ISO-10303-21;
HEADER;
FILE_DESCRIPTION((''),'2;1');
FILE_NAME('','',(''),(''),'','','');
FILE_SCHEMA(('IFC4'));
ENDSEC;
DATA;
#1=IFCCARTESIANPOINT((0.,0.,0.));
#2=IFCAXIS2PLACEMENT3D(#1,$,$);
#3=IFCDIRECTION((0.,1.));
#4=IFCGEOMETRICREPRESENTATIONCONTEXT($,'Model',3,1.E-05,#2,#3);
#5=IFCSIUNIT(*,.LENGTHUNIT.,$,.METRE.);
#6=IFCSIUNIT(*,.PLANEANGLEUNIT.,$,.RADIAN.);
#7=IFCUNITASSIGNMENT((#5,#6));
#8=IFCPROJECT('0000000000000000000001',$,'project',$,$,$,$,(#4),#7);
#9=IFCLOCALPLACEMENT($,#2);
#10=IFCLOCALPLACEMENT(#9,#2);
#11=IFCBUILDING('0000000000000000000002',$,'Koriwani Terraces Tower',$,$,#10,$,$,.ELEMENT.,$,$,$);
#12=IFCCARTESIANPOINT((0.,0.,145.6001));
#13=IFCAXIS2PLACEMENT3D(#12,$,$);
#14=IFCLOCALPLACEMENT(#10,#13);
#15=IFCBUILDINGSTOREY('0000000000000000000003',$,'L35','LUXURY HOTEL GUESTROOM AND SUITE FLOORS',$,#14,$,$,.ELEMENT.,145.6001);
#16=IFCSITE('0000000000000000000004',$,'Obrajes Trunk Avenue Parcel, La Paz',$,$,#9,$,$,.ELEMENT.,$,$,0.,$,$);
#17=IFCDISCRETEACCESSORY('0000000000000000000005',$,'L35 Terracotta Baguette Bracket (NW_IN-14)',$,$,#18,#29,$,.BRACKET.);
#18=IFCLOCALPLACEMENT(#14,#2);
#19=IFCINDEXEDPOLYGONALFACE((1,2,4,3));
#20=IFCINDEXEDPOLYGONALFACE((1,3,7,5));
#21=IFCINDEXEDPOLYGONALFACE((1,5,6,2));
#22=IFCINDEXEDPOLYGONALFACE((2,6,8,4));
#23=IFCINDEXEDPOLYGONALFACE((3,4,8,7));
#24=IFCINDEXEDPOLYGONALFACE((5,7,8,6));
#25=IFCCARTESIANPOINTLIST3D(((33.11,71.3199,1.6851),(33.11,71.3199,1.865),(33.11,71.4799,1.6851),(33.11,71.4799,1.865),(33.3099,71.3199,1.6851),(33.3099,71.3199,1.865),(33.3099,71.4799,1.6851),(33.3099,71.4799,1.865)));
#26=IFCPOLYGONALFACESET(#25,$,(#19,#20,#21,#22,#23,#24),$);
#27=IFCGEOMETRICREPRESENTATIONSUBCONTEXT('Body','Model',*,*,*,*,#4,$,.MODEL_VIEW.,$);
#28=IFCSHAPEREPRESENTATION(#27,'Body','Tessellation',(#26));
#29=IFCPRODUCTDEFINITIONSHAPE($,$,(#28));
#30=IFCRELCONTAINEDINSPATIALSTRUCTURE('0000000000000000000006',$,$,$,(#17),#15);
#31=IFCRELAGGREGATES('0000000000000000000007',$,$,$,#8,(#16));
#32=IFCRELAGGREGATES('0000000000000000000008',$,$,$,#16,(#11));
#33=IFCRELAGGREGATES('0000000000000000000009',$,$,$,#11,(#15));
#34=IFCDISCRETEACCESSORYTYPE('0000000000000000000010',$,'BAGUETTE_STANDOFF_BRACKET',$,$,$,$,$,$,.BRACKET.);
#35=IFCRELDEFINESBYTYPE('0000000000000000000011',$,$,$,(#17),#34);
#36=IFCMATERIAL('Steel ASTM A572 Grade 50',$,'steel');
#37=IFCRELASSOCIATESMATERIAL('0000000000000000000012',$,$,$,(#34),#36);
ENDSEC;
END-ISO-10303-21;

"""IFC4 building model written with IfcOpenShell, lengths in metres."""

from ifc_helpers import new_model, si_unit, direction, frame, origin, origin_2d, place, context, subcontext, project, spatial, rectangle, extrude, material, type_object, element, save


model = new_model("IFC4")

# Units and contexts
model_context = context("Model", 3, precision=1e-05, world=origin(), true_north=direction((0.0, 1.0)))
body_context = subcontext(model_context, "Body", "Model", "MODEL_VIEW")
ifc_project = project(units=[si_unit("LENGTHUNIT", "METRE"), si_unit("PLANEANGLEUNIT", "RADIAN")], contexts=[model_context])

# Site, building, storey
site_placement = place(None, origin())
site = spatial("IfcSite", under=ifc_project, at=site_placement, Name="Obrajes Trunk Avenue Parcel, La Paz", CompositionType="ELEMENT", RefElevation=0.0)
building_placement = place(site_placement, origin())
building = spatial("IfcBuilding", under=site, at=building_placement, Name="Koriwani Terraces Tower", CompositionType="ELEMENT")
storey_placement = place(building_placement, frame((0.0, 0.0, 145.6001)))
storey = spatial("IfcBuildingStorey", under=building, at=storey_placement, Name="L35", Description="LUXURY HOTEL GUESTROOM AND SUITE FLOORS", CompositionType="ELEMENT", Elevation=145.6001)

# Shared definitions
ifc_material_1 = material(Name="Steel ASTM A572 Grade 50", Category="steel")

# Discrete accessory
discrete_accessory_type = type_object("IfcDiscreteAccessoryType", Name="BAGUETTE_STANDOFF_BRACKET", PredefinedType="BRACKET", material=ifc_material_1)
discrete_accessory_placement = place(storey_placement, frame((33.21, 71.3999, 1.6851), z_axis=(0.0, 0.0, 1.0), x_axis=(0.0, -1.0, 0.0)))
element("IfcDiscreteAccessory", 1, at=discrete_accessory_placement, inside=storey, type_object=discrete_accessory_type, Name="L35 Terracotta Baguette Bracket (NW_IN-14)", PredefinedType="BRACKET", context=body_context, shape_type="SweptSolid", body=[
    extrude(rectangle(XDim=0.1599, YDim=0.2, at=origin_2d()), origin(), (0.0, 0.0, 1.0), 0.1799),
])

save(model, "model.ifc")
